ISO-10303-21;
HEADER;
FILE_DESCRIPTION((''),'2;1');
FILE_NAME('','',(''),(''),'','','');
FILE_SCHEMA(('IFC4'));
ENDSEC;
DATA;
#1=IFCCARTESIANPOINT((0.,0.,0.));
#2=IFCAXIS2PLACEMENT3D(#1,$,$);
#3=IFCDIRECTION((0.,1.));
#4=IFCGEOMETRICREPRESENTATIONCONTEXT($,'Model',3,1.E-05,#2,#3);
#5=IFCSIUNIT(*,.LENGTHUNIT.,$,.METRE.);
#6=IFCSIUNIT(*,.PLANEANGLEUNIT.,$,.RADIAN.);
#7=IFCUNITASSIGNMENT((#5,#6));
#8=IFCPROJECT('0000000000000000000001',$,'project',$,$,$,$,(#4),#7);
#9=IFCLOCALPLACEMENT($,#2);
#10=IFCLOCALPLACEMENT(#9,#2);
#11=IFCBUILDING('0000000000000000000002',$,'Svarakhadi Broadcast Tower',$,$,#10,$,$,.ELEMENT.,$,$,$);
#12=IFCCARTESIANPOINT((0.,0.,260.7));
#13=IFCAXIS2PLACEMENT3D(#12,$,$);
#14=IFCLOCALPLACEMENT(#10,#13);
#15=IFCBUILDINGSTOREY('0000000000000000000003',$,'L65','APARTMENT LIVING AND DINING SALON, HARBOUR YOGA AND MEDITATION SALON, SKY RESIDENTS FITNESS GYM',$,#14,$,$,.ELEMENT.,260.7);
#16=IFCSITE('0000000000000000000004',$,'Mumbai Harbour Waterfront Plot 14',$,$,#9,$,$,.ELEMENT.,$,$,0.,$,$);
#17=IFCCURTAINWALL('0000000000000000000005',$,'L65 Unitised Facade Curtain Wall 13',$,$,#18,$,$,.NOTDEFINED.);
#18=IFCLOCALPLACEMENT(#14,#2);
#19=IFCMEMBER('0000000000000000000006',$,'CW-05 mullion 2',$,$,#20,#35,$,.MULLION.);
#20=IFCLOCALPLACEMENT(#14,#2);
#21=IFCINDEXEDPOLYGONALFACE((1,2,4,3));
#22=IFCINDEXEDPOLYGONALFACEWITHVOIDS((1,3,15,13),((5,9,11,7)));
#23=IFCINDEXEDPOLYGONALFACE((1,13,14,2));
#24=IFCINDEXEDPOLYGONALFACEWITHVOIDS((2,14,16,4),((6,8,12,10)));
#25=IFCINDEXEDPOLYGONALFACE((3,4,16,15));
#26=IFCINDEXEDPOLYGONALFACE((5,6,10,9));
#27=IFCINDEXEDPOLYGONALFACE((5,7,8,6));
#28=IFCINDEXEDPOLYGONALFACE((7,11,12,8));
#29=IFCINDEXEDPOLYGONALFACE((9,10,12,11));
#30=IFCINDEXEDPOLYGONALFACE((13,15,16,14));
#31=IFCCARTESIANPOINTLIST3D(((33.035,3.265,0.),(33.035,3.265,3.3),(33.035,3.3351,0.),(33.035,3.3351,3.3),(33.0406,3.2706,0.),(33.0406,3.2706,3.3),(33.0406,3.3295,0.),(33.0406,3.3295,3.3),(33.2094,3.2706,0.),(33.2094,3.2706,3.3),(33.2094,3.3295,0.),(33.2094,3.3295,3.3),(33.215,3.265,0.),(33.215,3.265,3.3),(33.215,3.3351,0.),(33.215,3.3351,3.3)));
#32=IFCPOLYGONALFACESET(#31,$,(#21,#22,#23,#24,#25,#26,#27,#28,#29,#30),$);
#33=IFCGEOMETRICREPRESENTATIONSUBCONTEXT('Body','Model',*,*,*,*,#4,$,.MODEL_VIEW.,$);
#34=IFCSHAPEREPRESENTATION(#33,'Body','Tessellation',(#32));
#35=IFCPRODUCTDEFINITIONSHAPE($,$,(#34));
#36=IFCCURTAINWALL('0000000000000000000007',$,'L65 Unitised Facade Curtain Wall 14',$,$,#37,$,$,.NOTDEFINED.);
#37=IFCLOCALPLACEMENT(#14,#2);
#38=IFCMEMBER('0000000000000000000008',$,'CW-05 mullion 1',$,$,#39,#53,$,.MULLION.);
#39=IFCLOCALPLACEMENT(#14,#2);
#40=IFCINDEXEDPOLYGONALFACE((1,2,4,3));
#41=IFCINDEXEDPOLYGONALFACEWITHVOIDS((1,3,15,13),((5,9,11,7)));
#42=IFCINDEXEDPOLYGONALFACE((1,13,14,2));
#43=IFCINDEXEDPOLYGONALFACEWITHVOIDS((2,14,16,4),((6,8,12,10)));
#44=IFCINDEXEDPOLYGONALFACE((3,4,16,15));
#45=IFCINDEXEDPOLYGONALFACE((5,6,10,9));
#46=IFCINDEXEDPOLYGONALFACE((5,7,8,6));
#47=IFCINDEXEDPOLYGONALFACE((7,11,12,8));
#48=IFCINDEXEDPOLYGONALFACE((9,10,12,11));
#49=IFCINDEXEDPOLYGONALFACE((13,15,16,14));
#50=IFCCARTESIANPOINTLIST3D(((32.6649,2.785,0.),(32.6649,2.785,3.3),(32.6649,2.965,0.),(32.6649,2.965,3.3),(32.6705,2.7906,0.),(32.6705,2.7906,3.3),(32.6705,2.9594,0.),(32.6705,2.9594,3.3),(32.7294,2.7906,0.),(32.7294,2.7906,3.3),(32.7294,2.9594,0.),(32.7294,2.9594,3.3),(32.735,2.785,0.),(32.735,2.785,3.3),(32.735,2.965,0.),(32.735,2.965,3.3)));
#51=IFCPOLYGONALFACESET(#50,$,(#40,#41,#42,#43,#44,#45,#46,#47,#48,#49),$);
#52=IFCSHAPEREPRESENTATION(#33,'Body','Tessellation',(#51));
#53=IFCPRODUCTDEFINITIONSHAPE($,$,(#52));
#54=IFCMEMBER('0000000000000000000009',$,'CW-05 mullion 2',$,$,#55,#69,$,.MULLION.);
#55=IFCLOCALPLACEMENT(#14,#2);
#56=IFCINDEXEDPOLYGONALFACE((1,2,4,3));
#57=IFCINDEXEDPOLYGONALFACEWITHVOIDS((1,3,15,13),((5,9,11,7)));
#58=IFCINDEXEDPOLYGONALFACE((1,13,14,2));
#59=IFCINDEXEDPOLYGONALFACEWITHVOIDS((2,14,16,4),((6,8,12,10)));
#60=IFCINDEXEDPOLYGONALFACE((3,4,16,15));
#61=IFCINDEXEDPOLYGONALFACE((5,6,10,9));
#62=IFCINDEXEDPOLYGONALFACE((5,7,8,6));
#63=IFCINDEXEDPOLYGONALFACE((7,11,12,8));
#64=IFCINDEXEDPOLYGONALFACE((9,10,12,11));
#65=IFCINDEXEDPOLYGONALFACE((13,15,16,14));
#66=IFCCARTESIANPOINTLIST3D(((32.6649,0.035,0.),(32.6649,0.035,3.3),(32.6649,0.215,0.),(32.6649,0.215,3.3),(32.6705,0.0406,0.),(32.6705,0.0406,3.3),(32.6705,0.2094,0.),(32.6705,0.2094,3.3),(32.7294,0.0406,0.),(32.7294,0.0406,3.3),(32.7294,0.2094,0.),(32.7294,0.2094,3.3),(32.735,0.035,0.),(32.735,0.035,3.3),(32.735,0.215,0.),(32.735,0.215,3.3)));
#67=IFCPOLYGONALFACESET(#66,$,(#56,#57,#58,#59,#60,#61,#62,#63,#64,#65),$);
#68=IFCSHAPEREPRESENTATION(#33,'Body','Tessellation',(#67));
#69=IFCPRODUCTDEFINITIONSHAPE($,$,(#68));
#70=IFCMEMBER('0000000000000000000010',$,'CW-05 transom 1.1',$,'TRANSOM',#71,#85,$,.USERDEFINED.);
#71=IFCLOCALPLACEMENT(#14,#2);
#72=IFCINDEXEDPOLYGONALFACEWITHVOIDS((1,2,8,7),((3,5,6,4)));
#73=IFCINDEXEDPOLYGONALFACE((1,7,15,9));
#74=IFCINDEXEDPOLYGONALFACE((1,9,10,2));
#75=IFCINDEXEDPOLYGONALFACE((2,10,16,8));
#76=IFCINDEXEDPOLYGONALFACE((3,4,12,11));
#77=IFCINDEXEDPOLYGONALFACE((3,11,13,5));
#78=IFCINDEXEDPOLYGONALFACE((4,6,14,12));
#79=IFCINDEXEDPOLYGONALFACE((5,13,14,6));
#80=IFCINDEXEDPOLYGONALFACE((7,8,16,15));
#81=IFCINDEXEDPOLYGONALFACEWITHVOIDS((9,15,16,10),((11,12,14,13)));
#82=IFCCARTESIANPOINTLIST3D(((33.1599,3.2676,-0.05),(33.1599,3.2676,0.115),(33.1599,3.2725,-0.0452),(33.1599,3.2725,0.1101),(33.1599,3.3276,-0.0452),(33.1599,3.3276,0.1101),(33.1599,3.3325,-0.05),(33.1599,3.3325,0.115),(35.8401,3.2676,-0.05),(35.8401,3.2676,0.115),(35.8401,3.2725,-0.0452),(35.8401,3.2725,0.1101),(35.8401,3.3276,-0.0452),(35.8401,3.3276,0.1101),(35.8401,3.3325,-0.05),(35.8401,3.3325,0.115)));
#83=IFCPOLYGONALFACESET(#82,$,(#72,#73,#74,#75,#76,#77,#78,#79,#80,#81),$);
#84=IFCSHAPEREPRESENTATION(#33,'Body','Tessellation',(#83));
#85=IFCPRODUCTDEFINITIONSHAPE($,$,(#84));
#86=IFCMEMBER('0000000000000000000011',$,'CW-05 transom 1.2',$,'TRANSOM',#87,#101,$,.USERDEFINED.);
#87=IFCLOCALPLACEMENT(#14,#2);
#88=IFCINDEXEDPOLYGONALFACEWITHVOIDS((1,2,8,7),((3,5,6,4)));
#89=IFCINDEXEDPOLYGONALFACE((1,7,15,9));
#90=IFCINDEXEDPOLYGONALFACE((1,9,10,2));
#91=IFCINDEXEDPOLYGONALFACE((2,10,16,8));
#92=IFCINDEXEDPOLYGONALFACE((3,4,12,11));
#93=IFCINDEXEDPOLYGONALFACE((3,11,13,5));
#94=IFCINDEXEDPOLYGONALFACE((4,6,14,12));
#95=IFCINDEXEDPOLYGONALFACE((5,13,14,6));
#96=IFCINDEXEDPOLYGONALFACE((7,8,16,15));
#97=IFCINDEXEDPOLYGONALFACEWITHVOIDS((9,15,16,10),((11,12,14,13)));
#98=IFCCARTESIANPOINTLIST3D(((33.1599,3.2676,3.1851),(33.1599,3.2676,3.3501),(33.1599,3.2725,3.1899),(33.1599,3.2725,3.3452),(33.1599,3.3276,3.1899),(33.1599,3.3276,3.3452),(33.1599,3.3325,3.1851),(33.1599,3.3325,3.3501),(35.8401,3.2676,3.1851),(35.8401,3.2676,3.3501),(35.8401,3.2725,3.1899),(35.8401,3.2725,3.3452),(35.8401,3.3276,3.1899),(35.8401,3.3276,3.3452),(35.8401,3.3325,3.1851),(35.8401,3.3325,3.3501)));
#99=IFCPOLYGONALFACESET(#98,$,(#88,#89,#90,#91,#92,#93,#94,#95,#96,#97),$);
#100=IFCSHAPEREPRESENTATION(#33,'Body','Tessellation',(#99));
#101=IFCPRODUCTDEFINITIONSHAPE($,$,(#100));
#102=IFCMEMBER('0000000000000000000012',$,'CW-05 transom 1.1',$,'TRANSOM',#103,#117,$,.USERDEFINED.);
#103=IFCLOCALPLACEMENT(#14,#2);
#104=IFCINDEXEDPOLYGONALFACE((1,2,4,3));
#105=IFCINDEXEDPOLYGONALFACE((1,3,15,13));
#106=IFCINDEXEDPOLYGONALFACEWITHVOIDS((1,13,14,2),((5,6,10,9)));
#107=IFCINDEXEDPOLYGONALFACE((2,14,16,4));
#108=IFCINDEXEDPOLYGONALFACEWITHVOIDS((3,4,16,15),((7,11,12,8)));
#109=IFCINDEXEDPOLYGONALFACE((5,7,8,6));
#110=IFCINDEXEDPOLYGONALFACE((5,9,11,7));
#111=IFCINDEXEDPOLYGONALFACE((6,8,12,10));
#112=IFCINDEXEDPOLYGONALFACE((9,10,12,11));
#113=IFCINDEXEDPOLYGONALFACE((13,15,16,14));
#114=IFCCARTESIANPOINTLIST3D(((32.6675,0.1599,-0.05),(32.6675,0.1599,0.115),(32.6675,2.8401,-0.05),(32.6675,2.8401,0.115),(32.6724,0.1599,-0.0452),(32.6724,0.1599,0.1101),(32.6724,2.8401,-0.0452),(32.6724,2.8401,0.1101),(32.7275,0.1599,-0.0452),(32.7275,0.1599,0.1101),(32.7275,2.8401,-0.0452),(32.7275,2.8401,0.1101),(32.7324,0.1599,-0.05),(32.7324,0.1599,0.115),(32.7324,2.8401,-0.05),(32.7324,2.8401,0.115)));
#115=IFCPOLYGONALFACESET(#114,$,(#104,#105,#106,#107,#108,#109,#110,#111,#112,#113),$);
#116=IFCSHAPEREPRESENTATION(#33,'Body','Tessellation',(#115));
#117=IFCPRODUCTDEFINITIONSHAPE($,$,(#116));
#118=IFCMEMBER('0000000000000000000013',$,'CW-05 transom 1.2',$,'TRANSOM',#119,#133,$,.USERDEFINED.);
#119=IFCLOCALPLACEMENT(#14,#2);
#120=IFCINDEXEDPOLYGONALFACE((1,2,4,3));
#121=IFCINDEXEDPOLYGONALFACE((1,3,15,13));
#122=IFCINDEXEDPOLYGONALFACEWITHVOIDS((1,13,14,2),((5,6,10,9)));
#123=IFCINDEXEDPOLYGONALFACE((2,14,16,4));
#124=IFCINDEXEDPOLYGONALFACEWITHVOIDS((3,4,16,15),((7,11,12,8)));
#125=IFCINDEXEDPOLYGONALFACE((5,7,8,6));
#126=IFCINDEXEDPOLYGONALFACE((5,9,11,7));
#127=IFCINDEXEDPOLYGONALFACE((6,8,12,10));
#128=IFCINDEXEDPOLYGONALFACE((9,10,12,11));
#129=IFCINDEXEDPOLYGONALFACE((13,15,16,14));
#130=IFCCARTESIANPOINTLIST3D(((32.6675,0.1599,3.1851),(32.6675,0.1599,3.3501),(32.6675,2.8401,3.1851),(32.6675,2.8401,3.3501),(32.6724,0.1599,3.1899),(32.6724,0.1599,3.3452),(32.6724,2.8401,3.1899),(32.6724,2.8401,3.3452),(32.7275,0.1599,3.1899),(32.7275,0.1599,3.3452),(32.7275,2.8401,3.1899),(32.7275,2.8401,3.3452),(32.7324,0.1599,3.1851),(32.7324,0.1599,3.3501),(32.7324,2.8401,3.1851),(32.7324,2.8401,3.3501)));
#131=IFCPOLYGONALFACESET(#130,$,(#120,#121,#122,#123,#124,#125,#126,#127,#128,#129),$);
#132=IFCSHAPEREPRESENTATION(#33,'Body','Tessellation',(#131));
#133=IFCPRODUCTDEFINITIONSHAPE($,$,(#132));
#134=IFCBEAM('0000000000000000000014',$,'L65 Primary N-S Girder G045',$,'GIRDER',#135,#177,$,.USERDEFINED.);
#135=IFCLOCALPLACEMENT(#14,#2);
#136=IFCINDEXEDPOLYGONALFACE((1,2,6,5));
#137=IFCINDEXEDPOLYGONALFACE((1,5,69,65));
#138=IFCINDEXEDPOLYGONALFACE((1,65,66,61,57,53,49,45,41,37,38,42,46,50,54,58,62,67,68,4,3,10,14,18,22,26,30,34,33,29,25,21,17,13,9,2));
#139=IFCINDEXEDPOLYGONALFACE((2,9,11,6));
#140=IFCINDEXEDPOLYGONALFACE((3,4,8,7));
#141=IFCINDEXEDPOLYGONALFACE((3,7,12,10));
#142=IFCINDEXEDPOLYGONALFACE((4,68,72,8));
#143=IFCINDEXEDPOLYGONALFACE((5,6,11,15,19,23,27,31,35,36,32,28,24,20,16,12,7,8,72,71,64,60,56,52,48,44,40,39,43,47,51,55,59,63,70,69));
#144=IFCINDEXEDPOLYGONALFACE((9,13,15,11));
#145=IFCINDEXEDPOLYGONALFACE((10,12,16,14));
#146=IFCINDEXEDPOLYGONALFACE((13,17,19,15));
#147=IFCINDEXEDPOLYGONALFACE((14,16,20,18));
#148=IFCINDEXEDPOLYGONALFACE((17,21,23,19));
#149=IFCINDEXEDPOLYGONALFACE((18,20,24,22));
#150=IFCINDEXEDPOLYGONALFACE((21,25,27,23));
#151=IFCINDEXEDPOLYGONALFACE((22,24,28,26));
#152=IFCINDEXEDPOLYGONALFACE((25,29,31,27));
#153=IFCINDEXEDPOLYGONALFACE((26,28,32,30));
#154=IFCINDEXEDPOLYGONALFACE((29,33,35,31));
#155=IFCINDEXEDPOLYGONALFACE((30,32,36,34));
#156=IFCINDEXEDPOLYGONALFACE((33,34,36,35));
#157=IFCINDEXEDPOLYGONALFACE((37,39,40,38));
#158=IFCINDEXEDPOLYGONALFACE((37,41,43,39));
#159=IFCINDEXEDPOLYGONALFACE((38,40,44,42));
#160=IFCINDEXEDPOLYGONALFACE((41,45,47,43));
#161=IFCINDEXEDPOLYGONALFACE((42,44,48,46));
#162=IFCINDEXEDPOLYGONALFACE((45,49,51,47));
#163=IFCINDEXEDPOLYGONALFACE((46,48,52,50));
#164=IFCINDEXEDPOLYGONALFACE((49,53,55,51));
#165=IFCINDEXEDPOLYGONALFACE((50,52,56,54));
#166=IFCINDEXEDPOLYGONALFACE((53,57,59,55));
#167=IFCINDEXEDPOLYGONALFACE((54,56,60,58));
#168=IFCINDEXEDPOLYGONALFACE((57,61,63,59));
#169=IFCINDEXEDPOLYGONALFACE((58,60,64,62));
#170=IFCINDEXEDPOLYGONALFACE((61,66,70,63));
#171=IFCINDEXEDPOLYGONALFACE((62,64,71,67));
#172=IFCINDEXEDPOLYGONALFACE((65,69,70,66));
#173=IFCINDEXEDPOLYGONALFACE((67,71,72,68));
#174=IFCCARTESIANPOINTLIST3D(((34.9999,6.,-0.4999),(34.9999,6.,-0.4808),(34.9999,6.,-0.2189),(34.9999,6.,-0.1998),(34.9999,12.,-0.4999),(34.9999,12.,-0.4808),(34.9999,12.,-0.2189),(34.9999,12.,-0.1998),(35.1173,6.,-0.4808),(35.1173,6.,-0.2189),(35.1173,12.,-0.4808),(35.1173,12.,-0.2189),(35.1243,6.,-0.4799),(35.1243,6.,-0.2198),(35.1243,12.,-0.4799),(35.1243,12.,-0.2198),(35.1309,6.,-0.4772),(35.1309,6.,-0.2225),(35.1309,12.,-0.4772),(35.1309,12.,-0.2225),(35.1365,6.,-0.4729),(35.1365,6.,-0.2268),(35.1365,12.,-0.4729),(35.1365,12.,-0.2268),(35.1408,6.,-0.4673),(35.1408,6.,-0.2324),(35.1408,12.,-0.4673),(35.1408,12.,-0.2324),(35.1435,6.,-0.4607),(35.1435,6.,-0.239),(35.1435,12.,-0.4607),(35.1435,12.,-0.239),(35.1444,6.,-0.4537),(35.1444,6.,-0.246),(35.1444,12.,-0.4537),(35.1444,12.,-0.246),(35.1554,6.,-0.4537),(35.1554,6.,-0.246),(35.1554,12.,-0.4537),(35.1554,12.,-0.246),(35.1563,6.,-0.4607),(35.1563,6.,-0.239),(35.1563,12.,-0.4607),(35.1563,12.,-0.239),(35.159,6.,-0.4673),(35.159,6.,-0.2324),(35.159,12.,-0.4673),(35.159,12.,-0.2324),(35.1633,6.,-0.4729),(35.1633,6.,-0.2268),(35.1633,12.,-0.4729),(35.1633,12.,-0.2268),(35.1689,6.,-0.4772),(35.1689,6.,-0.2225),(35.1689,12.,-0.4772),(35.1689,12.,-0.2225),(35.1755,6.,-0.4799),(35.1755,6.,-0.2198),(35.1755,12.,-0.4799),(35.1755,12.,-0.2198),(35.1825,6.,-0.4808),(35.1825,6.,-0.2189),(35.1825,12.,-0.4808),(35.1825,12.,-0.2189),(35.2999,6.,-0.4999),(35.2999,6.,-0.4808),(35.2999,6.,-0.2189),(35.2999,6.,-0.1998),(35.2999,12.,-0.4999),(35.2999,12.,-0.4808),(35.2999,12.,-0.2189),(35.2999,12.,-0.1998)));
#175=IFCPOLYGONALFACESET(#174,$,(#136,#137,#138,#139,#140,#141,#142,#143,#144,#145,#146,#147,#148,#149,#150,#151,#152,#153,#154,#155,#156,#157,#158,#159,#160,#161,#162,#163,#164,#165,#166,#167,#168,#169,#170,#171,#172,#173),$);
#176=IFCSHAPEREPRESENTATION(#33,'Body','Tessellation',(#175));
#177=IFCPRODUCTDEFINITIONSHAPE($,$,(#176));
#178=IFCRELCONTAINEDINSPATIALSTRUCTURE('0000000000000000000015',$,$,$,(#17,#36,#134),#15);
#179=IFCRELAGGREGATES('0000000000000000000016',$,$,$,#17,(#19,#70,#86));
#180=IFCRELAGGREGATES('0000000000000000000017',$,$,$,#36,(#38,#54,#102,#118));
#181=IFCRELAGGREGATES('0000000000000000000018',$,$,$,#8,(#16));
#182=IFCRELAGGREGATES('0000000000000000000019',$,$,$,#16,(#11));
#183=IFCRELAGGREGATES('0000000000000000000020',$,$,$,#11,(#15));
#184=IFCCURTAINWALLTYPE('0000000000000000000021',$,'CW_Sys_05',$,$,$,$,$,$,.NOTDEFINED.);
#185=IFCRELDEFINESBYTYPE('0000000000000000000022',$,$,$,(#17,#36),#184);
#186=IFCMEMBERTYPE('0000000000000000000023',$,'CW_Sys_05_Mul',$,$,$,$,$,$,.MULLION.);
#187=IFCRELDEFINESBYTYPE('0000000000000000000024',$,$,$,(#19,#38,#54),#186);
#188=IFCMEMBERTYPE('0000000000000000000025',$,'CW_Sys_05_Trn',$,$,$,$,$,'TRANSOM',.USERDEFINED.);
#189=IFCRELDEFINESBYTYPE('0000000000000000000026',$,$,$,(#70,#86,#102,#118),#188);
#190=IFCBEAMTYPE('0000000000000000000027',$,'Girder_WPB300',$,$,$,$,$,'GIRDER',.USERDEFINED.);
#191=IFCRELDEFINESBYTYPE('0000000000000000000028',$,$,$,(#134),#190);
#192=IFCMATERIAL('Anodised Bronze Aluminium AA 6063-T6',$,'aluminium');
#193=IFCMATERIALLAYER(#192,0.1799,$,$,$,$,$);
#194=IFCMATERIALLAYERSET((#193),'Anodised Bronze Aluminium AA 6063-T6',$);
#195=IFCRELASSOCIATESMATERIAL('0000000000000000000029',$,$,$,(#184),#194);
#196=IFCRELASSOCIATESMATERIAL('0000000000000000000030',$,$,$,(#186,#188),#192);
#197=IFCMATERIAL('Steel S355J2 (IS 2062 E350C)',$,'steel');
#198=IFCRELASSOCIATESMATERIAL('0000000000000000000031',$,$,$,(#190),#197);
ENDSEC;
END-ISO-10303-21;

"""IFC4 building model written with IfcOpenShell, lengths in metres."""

from ifc_helpers import new_model, si_unit, direction, frame, origin, origin_2d, place, context, subcontext, project, spatial, hollow_rectangle, i_section, extrude, material, layer, layer_set, material_profile, profile_set, type_object, element, aggregate, save


model = new_model("IFC4")

# Units and contexts
model_context = context("Model", 3, precision=1e-05, world=origin(), true_north=direction((0.0, 1.0)))
body_context = subcontext(model_context, "Body", "Model", "MODEL_VIEW")
ifc_project = project(units=[si_unit("LENGTHUNIT", "METRE"), si_unit("PLANEANGLEUNIT", "RADIAN")], contexts=[model_context])

# Site, building, storey
site_placement = place(None, origin())
site = spatial("IfcSite", under=ifc_project, at=site_placement, Name="Mumbai Harbour Waterfront Plot 14", CompositionType="ELEMENT", RefElevation=0.0)
building_placement = place(site_placement, origin())
building = spatial("IfcBuilding", under=site, at=building_placement, Name="Svarakhadi Broadcast Tower", CompositionType="ELEMENT")
storey_placement = place(building_placement, frame((0.0, 0.0, 260.7)))
storey = spatial("IfcBuildingStorey", under=building, at=storey_placement, Name="L65", Description="APARTMENT LIVING AND DINING SALON, HARBOUR YOGA AND MEDITATION SALON, SKY RESIDENTS FITNESS GYM", CompositionType="ELEMENT", Elevation=260.7)

# Shared definitions
ifc_material_1 = material(Name="Anodised Bronze Aluminium AA 6063-T6", Category="aluminium")
ifc_layer_1 = layer(ifc_material_1, 0.1799)
ifc_layer_set_1 = layer_set([ifc_layer_1], Name="Anodised Bronze Aluminium AA 6063-T6")
curtain_wall_type = type_object("IfcCurtainWallType", Name="CW_Sys_05", PredefinedType="NOTDEFINED", material=ifc_layer_set_1)
ifc_material_profile_1 = material_profile(ifc_material_1, hollow_rectangle(XDim=0.0701, YDim=0.1799, WallThickness=0.0056, at=origin_2d()), Name="ALU MULLION 180x70x6")
ifc_profile_set_1 = profile_set([ifc_material_profile_1], Name="Anodised Bronze Aluminium AA 6063-T6")
member_type_1 = type_object("IfcMemberType", Name="CW_Sys_05_Mul", PredefinedType="MULLION", material=ifc_profile_set_1)

# Curtain walls, members
curtain_wall_1_placement = place(storey_placement, origin())
curtain_wall_1 = element("IfcCurtainWall", 1, at=curtain_wall_1_placement, inside=storey, type_object=curtain_wall_type, Name="L65 Unitised Facade Curtain Wall 13", PredefinedType="NOTDEFINED")
member_1_placement = place(storey_placement, frame((33.125, 3.3, 0.0), z_axis=(0.0, 0.0, 1.0), x_axis=(0.0, -1.0, 0.0)))
member_1 = element("IfcMember", 2, at=member_1_placement, type_object=member_type_1, Name="CW-05 mullion 2", PredefinedType="MULLION", context=body_context, shape_type="SweptSolid", body=[
    extrude(hollow_rectangle(XDim=0.0701, YDim=0.1799, WallThickness=0.0056, at=origin_2d()), origin(), (0.0, 0.0, 1.0), 3.3),
])
curtain_wall_2_placement = place(storey_placement, origin())
curtain_wall_2 = element("IfcCurtainWall", 3, at=curtain_wall_2_placement, inside=storey, type_object=curtain_wall_type, Name="L65 Unitised Facade Curtain Wall 14", PredefinedType="NOTDEFINED")
member_2_placement = place(storey_placement, frame((32.7, 2.875, 0.0), z_axis=(0.0, 0.0, 1.0), x_axis=(1.0, 0.0, 0.0)))
member_2 = element("IfcMember", 4, at=member_2_placement, type_object=member_type_1, Name="CW-05 mullion 1", PredefinedType="MULLION", context=body_context, shape_type="SweptSolid", body=[
    extrude(hollow_rectangle(XDim=0.0701, YDim=0.1799, WallThickness=0.0056, at=origin_2d()), origin(), (0.0, 0.0, 1.0), 3.3),
])
member_3_placement = place(storey_placement, frame((32.7, 0.125, 0.0), z_axis=(0.0, 0.0, 1.0), x_axis=(1.0, 0.0, 0.0)))
member_3 = element("IfcMember", 5, at=member_3_placement, type_object=member_type_1, Name="CW-05 mullion 2", PredefinedType="MULLION", context=body_context, shape_type="SweptSolid", body=[
    extrude(hollow_rectangle(XDim=0.0701, YDim=0.1799, WallThickness=0.0056, at=origin_2d()), origin(), (0.0, 0.0, 1.0), 3.3),
])

# Members
ifc_material_profile_2 = material_profile(ifc_material_1, hollow_rectangle(XDim=0.0649, YDim=0.165, WallThickness=0.0049, at=origin_2d()), Name="ALU TRANSOM 165x65x5")
ifc_profile_set_2 = profile_set([ifc_material_profile_2], Name="Anodised Bronze Aluminium AA 6063-T6")
member_type_2 = type_object("IfcMemberType", Name="CW_Sys_05_Trn", ElementType="TRANSOM", PredefinedType="USERDEFINED", material=ifc_profile_set_2)
member_4_placement = place(storey_placement, frame((35.8401, 3.3, 0.0325), z_axis=(-1.0, 0.0, 0.0), x_axis=(0.0, -1.0, 0.0)))
member_4 = element("IfcMember", 6, at=member_4_placement, type_object=member_type_2, Name="CW-05 transom 1.1", ObjectType="TRANSOM", PredefinedType="USERDEFINED", context=body_context, shape_type="SweptSolid", body=[
    extrude(hollow_rectangle(XDim=0.0649, YDim=0.165, WallThickness=0.0049, at=origin_2d()), origin(), (0.0, 0.0, 1.0), 2.6802),
])
member_5_placement = place(storey_placement, frame((35.8401, 3.3, 3.2676), z_axis=(-1.0, 0.0, 0.0), x_axis=(0.0, -1.0, 0.0)))
member_5 = element("IfcMember", 7, at=member_5_placement, type_object=member_type_2, Name="CW-05 transom 1.2", ObjectType="TRANSOM", PredefinedType="USERDEFINED", context=body_context, shape_type="SweptSolid", body=[
    extrude(hollow_rectangle(XDim=0.0649, YDim=0.165, WallThickness=0.0049, at=origin_2d()), origin(), (0.0, 0.0, 1.0), 2.6802),
])
member_6_placement = place(storey_placement, frame((32.7, 2.8401, 0.0325), z_axis=(0.0, -1.0, 0.0), x_axis=(1.0, 0.0, 0.0)))
member_6 = element("IfcMember", 8, at=member_6_placement, type_object=member_type_2, Name="CW-05 transom 1.1", ObjectType="TRANSOM", PredefinedType="USERDEFINED", context=body_context, shape_type="SweptSolid", body=[
    extrude(hollow_rectangle(XDim=0.0649, YDim=0.165, WallThickness=0.0049, at=origin_2d()), origin(), (0.0, 0.0, 1.0), 2.6802),
])
member_7_placement = place(storey_placement, frame((32.7, 2.8401, 3.2676), z_axis=(0.0, -1.0, 0.0), x_axis=(1.0, 0.0, 0.0)))
member_7 = element("IfcMember", 9, at=member_7_placement, type_object=member_type_2, Name="CW-05 transom 1.2", ObjectType="TRANSOM", PredefinedType="USERDEFINED", context=body_context, shape_type="SweptSolid", body=[
    extrude(hollow_rectangle(XDim=0.0649, YDim=0.165, WallThickness=0.0049, at=origin_2d()), origin(), (0.0, 0.0, 1.0), 2.6802),
])

# Beam
ifc_material_2 = material(Name="Steel S355J2 (IS 2062 E350C)", Category="steel")
ifc_material_profile_3 = material_profile(ifc_material_2, i_section(OverallWidth=0.3, OverallDepth=0.3, WebThickness=0.011, FlangeThickness=0.019, FilletRadius=0.0271, at=origin_2d()), Name="WPB 300x300x117")
ifc_profile_set_3 = profile_set([ifc_material_profile_3], Name="Steel S355J2 (IS 2062 E350C)")
beam_type_1 = type_object("IfcBeamType", Name="Girder_WPB300", ElementType="GIRDER", PredefinedType="USERDEFINED", material=ifc_profile_set_3)
beam_1_placement = place(storey_placement, frame((35.1499, 6.0, -0.3499), z_axis=(0.0, 1.0, 0.0), x_axis=(-1.0, 0.0, 0.0)))
element("IfcBeam", 10, at=beam_1_placement, inside=storey, type_object=beam_type_1, Name="L65 Primary N-S Girder G045", ObjectType="GIRDER", PredefinedType="USERDEFINED", context=body_context, shape_type="SweptSolid", body=[
    extrude(i_section(OverallWidth=0.3, OverallDepth=0.3, WebThickness=0.011, FlangeThickness=0.019, FilletRadius=0.0271, at=origin_2d()), origin(), (0.0, 0.0, 1.0), 6.0),
])

aggregate(curtain_wall_1, [member_1, member_4, member_5])
aggregate(curtain_wall_2, [member_2, member_3, member_6, member_7])

save(model, "model.ifc")
